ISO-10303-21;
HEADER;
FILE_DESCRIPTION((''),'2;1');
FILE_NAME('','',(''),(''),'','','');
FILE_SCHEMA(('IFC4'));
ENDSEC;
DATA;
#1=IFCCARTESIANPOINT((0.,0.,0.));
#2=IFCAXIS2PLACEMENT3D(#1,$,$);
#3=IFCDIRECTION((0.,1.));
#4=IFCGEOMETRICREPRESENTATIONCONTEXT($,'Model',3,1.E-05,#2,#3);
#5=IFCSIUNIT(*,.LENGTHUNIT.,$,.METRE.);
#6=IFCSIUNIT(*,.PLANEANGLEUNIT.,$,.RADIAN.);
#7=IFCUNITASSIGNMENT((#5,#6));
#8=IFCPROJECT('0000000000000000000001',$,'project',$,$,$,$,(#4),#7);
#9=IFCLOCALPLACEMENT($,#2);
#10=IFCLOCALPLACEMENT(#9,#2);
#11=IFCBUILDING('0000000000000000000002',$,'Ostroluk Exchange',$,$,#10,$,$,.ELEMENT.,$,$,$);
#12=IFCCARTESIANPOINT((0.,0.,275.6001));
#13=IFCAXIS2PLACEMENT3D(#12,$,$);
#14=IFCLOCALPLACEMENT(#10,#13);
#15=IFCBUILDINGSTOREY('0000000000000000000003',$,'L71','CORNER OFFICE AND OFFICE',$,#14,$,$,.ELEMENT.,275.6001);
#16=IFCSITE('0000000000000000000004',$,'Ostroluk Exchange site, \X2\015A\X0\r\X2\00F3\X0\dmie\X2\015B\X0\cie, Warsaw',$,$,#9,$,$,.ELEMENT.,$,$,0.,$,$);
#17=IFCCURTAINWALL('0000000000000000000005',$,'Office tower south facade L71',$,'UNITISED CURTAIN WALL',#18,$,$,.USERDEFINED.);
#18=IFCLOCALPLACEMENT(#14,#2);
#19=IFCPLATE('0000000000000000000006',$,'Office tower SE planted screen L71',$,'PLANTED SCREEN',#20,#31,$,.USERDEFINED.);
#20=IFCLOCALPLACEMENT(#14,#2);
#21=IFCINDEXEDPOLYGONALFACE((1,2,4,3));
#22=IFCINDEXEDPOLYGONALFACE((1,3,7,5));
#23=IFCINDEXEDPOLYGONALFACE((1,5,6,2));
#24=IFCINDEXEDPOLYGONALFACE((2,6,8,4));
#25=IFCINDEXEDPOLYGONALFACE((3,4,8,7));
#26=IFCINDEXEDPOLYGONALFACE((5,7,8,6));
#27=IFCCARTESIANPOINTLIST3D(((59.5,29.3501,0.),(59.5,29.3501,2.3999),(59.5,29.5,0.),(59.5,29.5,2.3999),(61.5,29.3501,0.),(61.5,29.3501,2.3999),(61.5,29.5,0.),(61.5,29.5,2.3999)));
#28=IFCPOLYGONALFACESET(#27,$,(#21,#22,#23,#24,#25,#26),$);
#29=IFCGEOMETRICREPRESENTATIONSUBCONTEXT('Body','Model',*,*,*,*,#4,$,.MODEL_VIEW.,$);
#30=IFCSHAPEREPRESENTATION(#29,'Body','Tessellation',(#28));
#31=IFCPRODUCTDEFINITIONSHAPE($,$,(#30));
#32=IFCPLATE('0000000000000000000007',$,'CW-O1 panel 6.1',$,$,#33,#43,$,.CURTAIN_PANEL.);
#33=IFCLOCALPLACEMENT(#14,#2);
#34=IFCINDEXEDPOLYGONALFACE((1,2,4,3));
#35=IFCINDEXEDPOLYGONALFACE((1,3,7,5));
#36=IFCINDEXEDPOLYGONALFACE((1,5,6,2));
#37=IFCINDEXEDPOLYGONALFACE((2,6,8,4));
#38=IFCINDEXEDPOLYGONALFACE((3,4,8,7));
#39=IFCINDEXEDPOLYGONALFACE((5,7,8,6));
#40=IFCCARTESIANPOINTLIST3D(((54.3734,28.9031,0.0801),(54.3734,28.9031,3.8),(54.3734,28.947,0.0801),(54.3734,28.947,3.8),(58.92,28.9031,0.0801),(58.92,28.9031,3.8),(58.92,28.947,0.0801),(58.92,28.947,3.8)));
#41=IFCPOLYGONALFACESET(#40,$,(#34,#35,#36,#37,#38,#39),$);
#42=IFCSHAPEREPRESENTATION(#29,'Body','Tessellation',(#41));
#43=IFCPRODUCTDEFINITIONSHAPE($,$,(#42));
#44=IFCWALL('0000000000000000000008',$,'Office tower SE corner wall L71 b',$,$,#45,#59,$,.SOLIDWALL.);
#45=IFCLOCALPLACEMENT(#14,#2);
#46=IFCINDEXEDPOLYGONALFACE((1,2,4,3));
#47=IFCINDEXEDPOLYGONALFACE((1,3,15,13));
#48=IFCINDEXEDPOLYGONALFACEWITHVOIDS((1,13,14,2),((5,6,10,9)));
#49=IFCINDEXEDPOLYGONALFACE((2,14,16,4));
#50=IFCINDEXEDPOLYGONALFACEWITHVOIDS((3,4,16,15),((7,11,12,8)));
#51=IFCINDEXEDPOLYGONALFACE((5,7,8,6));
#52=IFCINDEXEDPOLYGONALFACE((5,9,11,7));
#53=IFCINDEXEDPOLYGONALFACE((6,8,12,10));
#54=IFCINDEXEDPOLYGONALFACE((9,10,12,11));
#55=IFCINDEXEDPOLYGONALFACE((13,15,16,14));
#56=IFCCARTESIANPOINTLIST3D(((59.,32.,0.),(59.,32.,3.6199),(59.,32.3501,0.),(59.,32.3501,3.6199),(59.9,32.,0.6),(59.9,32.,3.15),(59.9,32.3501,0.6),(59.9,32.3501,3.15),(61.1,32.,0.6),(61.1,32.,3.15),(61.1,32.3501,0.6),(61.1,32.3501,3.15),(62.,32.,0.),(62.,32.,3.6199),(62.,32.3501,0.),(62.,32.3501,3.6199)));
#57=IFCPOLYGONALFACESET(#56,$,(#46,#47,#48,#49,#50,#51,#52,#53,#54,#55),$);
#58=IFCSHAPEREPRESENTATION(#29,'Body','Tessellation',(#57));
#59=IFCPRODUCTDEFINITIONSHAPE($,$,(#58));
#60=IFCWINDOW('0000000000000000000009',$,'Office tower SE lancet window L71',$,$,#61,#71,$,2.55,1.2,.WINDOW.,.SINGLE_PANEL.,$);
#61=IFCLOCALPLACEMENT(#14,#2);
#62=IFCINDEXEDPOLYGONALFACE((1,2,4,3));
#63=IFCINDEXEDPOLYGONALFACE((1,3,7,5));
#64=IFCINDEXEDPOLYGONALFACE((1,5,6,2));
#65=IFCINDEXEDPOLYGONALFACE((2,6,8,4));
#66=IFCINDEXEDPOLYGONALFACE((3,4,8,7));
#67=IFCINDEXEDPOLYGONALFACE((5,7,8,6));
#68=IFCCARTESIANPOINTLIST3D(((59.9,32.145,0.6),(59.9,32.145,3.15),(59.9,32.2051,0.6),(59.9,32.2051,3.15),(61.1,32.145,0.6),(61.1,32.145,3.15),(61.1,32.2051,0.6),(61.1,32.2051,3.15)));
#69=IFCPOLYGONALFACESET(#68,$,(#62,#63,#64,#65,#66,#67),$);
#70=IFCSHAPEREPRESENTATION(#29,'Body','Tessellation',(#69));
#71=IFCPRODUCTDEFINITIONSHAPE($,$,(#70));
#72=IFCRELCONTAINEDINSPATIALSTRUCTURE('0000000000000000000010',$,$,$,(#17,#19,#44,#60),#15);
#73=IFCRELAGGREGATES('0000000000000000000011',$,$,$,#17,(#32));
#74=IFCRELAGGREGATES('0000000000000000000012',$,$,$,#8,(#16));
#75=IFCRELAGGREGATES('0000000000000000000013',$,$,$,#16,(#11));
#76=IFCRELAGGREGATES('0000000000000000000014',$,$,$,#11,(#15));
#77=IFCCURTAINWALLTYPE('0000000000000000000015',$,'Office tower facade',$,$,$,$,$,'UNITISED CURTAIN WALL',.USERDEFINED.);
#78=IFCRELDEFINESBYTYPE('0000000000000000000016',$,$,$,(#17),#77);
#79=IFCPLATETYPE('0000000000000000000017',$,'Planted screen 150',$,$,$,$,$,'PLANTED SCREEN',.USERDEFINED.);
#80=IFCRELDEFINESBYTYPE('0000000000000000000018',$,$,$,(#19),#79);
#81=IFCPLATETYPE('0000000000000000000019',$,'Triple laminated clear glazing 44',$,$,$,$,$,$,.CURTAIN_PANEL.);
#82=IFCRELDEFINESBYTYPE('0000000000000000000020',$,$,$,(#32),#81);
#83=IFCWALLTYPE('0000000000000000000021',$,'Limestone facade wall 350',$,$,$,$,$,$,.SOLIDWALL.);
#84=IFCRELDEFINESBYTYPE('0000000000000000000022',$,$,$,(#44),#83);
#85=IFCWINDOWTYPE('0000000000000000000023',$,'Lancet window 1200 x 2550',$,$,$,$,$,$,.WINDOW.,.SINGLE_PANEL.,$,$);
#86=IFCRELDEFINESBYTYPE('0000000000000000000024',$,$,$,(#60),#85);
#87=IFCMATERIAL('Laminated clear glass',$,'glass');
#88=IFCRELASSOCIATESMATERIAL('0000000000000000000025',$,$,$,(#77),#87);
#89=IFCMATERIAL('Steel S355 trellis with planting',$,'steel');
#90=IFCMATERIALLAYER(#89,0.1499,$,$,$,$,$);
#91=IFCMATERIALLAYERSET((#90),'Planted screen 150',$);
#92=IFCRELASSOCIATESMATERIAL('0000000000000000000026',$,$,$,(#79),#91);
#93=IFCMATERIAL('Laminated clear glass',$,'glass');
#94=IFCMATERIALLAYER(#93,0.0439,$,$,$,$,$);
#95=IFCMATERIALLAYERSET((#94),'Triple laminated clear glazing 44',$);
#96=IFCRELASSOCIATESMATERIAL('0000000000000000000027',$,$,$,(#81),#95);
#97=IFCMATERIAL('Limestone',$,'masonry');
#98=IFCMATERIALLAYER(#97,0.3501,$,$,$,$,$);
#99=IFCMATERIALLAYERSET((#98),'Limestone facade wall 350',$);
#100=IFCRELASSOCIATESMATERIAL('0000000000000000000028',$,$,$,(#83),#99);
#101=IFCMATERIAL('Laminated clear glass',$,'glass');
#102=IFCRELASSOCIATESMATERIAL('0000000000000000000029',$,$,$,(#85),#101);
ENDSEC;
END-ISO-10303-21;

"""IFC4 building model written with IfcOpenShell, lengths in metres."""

from ifc_helpers import new_model, si_unit, direction, frame, frame_2d, origin, origin_2d, place, context, subcontext, project, spatial, rectangle, extrude, material, layer, layer_set, type_object, element, fill, aggregate, save


model = new_model("IFC4")

# Units and contexts
model_context = context("Model", 3, precision=1e-05, world=origin(), true_north=direction((0.0, 1.0)))
body_context = subcontext(model_context, "Body", "Model", "MODEL_VIEW")
ifc_project = project(units=[si_unit("LENGTHUNIT", "METRE"), si_unit("PLANEANGLEUNIT", "RADIAN")], contexts=[model_context])

# Site, building, storey
site_placement = place(None, origin())
site = spatial("IfcSite", under=ifc_project, at=site_placement, Name="Ostroluk Exchange site, Śródmieście, Warsaw", CompositionType="ELEMENT", RefElevation=0.0)
building_placement = place(site_placement, origin())
building = spatial("IfcBuilding", under=site, at=building_placement, Name="Ostroluk Exchange", CompositionType="ELEMENT")
storey_placement = place(building_placement, frame((0.0, 0.0, 275.6001)))
storey = spatial("IfcBuildingStorey", under=building, at=storey_placement, Name="L71", Description="CORNER OFFICE AND OFFICE", CompositionType="ELEMENT", Elevation=275.6001)

# Curtain wall
ifc_material_1 = material(Name="Laminated clear glass", Category="glass")
curtain_wall_type = type_object("IfcCurtainWallType", Name="Office tower facade", ElementType="UNITISED CURTAIN WALL", PredefinedType="USERDEFINED", material=ifc_material_1)
curtain_wall_1_placement = place(storey_placement, origin())
curtain_wall_1 = element("IfcCurtainWall", 1, at=curtain_wall_1_placement, inside=storey, type_object=curtain_wall_type, Name="Office tower south facade L71", ObjectType="UNITISED CURTAIN WALL", PredefinedType="USERDEFINED")

# Plates
ifc_material_2 = material(Name="Steel S355 trellis with planting", Category="steel")
ifc_layer_1 = layer(ifc_material_2, 0.1499)
ifc_layer_set_1 = layer_set([ifc_layer_1], Name="Planted screen 150")
plate_type_1 = type_object("IfcPlateType", Name="Planted screen 150", ElementType="PLANTED SCREEN", PredefinedType="USERDEFINED", material=ifc_layer_set_1)
plate_1_placement = place(storey_placement, frame((60.5, 29.425, 0.0), z_axis=(0.0, 0.0, 1.0), x_axis=(1.0, 0.0, 0.0)))
element("IfcPlate", 2, at=plate_1_placement, inside=storey, type_object=plate_type_1, Name="Office tower SE planted screen L71", ObjectType="PLANTED SCREEN", PredefinedType="USERDEFINED", context=body_context, shape_type="SweptSolid", body=[
    extrude(rectangle(XDim=2.0, YDim=0.1499, at=origin_2d()), origin(), (0.0, 0.0, 1.0), 2.3999),
])
ifc_material_3 = material(Name="Laminated clear glass", Category="glass")
ifc_layer_2 = layer(ifc_material_3, 0.0439)
ifc_layer_set_2 = layer_set([ifc_layer_2], Name="Triple laminated clear glazing 44")
plate_type_2 = type_object("IfcPlateType", Name="Triple laminated clear glazing 44", PredefinedType="CURTAIN_PANEL", material=ifc_layer_set_2)
plate_2_placement = place(storey_placement, frame((56.6467, 28.925, 0.0801), z_axis=(0.0, 0.0, 1.0), x_axis=(1.0, 0.0, 0.0)))
plate_2 = element("IfcPlate", 3, at=plate_2_placement, type_object=plate_type_2, Name="CW-O1 panel 6.1", PredefinedType="CURTAIN_PANEL", context=body_context, shape_type="SweptSolid", body=[
    extrude(rectangle(XDim=4.5466, YDim=0.0439, at=origin_2d()), origin(), (0.0, 0.0, 1.0), 3.72),
])
aggregate(curtain_wall_1, [plate_2])

# Shared definitions
ifc_material_4 = material(Name="Limestone", Category="masonry")
ifc_layer_3 = layer(ifc_material_4, 0.3501)
ifc_layer_set_3 = layer_set([ifc_layer_3], Name="Limestone facade wall 350")
wall_type = type_object("IfcWallType", Name="Limestone facade wall 350", PredefinedType="SOLIDWALL", material=ifc_layer_set_3)

# Wall, opening, window
wall_1_placement = place(storey_placement, frame((59.0, 32.175, 0.0), z_axis=(0.0, 0.0, 1.0), x_axis=(1.0, 0.0, 0.0)))
wall_1 = element("IfcWall", 4, at=wall_1_placement, inside=storey, type_object=wall_type, Name="Office tower SE corner wall L71 b", PredefinedType="SOLIDWALL", context=body_context, shape_type="SweptSolid", body=[
    extrude(rectangle(XDim=3.0, YDim=0.3501, at=frame_2d((1.5, 0.0))), origin(), (0.0, 0.0, 1.0), 3.6199),
])
opening_1_placement = place(wall_1_placement, frame((0.8999, 0.0, 0.6001)))
opening_1 = element("IfcOpeningElement", 5, at=opening_1_placement, cuts=wall_1, PredefinedType="OPENING", context=body_context, shape_type="SweptSolid", body=[
    extrude(rectangle(XDim=1.2, YDim=2.55, at=frame_2d((0.6001, 1.2749))), frame((0.0, 0.1851, 0.0), z_axis=(0.0, -1.0, 0.0), x_axis=(1.0, 0.0, 0.0)), (0.0, 0.0, 1.0), 0.3701),
])
ifc_material_5 = material(Name="Laminated clear glass", Category="glass")
window_type = type_object("IfcWindowType", Name="Lancet window 1200 x 2550", PartitioningType="SINGLE_PANEL", PredefinedType="WINDOW", material=ifc_material_5)
window_placement = place(opening_1_placement, origin())
window = element("IfcWindow", 6, at=window_placement, inside=storey, type_object=window_type, Name="Office tower SE lancet window L71", OverallHeight=2.55, OverallWidth=1.2, PartitioningType="SINGLE_PANEL", PredefinedType="WINDOW", context=body_context, shape_type="SweptSolid", body=[
    extrude(rectangle(XDim=1.2, YDim=2.55, at=frame_2d((0.6001, 1.2749))), frame((0.0, 0.03, 0.0), z_axis=(0.0, -1.0, 0.0), x_axis=(1.0, 0.0, 0.0)), (0.0, 0.0, 1.0), 0.0601),
])
fill(opening_1, window)

save(model, "model.ifc")
